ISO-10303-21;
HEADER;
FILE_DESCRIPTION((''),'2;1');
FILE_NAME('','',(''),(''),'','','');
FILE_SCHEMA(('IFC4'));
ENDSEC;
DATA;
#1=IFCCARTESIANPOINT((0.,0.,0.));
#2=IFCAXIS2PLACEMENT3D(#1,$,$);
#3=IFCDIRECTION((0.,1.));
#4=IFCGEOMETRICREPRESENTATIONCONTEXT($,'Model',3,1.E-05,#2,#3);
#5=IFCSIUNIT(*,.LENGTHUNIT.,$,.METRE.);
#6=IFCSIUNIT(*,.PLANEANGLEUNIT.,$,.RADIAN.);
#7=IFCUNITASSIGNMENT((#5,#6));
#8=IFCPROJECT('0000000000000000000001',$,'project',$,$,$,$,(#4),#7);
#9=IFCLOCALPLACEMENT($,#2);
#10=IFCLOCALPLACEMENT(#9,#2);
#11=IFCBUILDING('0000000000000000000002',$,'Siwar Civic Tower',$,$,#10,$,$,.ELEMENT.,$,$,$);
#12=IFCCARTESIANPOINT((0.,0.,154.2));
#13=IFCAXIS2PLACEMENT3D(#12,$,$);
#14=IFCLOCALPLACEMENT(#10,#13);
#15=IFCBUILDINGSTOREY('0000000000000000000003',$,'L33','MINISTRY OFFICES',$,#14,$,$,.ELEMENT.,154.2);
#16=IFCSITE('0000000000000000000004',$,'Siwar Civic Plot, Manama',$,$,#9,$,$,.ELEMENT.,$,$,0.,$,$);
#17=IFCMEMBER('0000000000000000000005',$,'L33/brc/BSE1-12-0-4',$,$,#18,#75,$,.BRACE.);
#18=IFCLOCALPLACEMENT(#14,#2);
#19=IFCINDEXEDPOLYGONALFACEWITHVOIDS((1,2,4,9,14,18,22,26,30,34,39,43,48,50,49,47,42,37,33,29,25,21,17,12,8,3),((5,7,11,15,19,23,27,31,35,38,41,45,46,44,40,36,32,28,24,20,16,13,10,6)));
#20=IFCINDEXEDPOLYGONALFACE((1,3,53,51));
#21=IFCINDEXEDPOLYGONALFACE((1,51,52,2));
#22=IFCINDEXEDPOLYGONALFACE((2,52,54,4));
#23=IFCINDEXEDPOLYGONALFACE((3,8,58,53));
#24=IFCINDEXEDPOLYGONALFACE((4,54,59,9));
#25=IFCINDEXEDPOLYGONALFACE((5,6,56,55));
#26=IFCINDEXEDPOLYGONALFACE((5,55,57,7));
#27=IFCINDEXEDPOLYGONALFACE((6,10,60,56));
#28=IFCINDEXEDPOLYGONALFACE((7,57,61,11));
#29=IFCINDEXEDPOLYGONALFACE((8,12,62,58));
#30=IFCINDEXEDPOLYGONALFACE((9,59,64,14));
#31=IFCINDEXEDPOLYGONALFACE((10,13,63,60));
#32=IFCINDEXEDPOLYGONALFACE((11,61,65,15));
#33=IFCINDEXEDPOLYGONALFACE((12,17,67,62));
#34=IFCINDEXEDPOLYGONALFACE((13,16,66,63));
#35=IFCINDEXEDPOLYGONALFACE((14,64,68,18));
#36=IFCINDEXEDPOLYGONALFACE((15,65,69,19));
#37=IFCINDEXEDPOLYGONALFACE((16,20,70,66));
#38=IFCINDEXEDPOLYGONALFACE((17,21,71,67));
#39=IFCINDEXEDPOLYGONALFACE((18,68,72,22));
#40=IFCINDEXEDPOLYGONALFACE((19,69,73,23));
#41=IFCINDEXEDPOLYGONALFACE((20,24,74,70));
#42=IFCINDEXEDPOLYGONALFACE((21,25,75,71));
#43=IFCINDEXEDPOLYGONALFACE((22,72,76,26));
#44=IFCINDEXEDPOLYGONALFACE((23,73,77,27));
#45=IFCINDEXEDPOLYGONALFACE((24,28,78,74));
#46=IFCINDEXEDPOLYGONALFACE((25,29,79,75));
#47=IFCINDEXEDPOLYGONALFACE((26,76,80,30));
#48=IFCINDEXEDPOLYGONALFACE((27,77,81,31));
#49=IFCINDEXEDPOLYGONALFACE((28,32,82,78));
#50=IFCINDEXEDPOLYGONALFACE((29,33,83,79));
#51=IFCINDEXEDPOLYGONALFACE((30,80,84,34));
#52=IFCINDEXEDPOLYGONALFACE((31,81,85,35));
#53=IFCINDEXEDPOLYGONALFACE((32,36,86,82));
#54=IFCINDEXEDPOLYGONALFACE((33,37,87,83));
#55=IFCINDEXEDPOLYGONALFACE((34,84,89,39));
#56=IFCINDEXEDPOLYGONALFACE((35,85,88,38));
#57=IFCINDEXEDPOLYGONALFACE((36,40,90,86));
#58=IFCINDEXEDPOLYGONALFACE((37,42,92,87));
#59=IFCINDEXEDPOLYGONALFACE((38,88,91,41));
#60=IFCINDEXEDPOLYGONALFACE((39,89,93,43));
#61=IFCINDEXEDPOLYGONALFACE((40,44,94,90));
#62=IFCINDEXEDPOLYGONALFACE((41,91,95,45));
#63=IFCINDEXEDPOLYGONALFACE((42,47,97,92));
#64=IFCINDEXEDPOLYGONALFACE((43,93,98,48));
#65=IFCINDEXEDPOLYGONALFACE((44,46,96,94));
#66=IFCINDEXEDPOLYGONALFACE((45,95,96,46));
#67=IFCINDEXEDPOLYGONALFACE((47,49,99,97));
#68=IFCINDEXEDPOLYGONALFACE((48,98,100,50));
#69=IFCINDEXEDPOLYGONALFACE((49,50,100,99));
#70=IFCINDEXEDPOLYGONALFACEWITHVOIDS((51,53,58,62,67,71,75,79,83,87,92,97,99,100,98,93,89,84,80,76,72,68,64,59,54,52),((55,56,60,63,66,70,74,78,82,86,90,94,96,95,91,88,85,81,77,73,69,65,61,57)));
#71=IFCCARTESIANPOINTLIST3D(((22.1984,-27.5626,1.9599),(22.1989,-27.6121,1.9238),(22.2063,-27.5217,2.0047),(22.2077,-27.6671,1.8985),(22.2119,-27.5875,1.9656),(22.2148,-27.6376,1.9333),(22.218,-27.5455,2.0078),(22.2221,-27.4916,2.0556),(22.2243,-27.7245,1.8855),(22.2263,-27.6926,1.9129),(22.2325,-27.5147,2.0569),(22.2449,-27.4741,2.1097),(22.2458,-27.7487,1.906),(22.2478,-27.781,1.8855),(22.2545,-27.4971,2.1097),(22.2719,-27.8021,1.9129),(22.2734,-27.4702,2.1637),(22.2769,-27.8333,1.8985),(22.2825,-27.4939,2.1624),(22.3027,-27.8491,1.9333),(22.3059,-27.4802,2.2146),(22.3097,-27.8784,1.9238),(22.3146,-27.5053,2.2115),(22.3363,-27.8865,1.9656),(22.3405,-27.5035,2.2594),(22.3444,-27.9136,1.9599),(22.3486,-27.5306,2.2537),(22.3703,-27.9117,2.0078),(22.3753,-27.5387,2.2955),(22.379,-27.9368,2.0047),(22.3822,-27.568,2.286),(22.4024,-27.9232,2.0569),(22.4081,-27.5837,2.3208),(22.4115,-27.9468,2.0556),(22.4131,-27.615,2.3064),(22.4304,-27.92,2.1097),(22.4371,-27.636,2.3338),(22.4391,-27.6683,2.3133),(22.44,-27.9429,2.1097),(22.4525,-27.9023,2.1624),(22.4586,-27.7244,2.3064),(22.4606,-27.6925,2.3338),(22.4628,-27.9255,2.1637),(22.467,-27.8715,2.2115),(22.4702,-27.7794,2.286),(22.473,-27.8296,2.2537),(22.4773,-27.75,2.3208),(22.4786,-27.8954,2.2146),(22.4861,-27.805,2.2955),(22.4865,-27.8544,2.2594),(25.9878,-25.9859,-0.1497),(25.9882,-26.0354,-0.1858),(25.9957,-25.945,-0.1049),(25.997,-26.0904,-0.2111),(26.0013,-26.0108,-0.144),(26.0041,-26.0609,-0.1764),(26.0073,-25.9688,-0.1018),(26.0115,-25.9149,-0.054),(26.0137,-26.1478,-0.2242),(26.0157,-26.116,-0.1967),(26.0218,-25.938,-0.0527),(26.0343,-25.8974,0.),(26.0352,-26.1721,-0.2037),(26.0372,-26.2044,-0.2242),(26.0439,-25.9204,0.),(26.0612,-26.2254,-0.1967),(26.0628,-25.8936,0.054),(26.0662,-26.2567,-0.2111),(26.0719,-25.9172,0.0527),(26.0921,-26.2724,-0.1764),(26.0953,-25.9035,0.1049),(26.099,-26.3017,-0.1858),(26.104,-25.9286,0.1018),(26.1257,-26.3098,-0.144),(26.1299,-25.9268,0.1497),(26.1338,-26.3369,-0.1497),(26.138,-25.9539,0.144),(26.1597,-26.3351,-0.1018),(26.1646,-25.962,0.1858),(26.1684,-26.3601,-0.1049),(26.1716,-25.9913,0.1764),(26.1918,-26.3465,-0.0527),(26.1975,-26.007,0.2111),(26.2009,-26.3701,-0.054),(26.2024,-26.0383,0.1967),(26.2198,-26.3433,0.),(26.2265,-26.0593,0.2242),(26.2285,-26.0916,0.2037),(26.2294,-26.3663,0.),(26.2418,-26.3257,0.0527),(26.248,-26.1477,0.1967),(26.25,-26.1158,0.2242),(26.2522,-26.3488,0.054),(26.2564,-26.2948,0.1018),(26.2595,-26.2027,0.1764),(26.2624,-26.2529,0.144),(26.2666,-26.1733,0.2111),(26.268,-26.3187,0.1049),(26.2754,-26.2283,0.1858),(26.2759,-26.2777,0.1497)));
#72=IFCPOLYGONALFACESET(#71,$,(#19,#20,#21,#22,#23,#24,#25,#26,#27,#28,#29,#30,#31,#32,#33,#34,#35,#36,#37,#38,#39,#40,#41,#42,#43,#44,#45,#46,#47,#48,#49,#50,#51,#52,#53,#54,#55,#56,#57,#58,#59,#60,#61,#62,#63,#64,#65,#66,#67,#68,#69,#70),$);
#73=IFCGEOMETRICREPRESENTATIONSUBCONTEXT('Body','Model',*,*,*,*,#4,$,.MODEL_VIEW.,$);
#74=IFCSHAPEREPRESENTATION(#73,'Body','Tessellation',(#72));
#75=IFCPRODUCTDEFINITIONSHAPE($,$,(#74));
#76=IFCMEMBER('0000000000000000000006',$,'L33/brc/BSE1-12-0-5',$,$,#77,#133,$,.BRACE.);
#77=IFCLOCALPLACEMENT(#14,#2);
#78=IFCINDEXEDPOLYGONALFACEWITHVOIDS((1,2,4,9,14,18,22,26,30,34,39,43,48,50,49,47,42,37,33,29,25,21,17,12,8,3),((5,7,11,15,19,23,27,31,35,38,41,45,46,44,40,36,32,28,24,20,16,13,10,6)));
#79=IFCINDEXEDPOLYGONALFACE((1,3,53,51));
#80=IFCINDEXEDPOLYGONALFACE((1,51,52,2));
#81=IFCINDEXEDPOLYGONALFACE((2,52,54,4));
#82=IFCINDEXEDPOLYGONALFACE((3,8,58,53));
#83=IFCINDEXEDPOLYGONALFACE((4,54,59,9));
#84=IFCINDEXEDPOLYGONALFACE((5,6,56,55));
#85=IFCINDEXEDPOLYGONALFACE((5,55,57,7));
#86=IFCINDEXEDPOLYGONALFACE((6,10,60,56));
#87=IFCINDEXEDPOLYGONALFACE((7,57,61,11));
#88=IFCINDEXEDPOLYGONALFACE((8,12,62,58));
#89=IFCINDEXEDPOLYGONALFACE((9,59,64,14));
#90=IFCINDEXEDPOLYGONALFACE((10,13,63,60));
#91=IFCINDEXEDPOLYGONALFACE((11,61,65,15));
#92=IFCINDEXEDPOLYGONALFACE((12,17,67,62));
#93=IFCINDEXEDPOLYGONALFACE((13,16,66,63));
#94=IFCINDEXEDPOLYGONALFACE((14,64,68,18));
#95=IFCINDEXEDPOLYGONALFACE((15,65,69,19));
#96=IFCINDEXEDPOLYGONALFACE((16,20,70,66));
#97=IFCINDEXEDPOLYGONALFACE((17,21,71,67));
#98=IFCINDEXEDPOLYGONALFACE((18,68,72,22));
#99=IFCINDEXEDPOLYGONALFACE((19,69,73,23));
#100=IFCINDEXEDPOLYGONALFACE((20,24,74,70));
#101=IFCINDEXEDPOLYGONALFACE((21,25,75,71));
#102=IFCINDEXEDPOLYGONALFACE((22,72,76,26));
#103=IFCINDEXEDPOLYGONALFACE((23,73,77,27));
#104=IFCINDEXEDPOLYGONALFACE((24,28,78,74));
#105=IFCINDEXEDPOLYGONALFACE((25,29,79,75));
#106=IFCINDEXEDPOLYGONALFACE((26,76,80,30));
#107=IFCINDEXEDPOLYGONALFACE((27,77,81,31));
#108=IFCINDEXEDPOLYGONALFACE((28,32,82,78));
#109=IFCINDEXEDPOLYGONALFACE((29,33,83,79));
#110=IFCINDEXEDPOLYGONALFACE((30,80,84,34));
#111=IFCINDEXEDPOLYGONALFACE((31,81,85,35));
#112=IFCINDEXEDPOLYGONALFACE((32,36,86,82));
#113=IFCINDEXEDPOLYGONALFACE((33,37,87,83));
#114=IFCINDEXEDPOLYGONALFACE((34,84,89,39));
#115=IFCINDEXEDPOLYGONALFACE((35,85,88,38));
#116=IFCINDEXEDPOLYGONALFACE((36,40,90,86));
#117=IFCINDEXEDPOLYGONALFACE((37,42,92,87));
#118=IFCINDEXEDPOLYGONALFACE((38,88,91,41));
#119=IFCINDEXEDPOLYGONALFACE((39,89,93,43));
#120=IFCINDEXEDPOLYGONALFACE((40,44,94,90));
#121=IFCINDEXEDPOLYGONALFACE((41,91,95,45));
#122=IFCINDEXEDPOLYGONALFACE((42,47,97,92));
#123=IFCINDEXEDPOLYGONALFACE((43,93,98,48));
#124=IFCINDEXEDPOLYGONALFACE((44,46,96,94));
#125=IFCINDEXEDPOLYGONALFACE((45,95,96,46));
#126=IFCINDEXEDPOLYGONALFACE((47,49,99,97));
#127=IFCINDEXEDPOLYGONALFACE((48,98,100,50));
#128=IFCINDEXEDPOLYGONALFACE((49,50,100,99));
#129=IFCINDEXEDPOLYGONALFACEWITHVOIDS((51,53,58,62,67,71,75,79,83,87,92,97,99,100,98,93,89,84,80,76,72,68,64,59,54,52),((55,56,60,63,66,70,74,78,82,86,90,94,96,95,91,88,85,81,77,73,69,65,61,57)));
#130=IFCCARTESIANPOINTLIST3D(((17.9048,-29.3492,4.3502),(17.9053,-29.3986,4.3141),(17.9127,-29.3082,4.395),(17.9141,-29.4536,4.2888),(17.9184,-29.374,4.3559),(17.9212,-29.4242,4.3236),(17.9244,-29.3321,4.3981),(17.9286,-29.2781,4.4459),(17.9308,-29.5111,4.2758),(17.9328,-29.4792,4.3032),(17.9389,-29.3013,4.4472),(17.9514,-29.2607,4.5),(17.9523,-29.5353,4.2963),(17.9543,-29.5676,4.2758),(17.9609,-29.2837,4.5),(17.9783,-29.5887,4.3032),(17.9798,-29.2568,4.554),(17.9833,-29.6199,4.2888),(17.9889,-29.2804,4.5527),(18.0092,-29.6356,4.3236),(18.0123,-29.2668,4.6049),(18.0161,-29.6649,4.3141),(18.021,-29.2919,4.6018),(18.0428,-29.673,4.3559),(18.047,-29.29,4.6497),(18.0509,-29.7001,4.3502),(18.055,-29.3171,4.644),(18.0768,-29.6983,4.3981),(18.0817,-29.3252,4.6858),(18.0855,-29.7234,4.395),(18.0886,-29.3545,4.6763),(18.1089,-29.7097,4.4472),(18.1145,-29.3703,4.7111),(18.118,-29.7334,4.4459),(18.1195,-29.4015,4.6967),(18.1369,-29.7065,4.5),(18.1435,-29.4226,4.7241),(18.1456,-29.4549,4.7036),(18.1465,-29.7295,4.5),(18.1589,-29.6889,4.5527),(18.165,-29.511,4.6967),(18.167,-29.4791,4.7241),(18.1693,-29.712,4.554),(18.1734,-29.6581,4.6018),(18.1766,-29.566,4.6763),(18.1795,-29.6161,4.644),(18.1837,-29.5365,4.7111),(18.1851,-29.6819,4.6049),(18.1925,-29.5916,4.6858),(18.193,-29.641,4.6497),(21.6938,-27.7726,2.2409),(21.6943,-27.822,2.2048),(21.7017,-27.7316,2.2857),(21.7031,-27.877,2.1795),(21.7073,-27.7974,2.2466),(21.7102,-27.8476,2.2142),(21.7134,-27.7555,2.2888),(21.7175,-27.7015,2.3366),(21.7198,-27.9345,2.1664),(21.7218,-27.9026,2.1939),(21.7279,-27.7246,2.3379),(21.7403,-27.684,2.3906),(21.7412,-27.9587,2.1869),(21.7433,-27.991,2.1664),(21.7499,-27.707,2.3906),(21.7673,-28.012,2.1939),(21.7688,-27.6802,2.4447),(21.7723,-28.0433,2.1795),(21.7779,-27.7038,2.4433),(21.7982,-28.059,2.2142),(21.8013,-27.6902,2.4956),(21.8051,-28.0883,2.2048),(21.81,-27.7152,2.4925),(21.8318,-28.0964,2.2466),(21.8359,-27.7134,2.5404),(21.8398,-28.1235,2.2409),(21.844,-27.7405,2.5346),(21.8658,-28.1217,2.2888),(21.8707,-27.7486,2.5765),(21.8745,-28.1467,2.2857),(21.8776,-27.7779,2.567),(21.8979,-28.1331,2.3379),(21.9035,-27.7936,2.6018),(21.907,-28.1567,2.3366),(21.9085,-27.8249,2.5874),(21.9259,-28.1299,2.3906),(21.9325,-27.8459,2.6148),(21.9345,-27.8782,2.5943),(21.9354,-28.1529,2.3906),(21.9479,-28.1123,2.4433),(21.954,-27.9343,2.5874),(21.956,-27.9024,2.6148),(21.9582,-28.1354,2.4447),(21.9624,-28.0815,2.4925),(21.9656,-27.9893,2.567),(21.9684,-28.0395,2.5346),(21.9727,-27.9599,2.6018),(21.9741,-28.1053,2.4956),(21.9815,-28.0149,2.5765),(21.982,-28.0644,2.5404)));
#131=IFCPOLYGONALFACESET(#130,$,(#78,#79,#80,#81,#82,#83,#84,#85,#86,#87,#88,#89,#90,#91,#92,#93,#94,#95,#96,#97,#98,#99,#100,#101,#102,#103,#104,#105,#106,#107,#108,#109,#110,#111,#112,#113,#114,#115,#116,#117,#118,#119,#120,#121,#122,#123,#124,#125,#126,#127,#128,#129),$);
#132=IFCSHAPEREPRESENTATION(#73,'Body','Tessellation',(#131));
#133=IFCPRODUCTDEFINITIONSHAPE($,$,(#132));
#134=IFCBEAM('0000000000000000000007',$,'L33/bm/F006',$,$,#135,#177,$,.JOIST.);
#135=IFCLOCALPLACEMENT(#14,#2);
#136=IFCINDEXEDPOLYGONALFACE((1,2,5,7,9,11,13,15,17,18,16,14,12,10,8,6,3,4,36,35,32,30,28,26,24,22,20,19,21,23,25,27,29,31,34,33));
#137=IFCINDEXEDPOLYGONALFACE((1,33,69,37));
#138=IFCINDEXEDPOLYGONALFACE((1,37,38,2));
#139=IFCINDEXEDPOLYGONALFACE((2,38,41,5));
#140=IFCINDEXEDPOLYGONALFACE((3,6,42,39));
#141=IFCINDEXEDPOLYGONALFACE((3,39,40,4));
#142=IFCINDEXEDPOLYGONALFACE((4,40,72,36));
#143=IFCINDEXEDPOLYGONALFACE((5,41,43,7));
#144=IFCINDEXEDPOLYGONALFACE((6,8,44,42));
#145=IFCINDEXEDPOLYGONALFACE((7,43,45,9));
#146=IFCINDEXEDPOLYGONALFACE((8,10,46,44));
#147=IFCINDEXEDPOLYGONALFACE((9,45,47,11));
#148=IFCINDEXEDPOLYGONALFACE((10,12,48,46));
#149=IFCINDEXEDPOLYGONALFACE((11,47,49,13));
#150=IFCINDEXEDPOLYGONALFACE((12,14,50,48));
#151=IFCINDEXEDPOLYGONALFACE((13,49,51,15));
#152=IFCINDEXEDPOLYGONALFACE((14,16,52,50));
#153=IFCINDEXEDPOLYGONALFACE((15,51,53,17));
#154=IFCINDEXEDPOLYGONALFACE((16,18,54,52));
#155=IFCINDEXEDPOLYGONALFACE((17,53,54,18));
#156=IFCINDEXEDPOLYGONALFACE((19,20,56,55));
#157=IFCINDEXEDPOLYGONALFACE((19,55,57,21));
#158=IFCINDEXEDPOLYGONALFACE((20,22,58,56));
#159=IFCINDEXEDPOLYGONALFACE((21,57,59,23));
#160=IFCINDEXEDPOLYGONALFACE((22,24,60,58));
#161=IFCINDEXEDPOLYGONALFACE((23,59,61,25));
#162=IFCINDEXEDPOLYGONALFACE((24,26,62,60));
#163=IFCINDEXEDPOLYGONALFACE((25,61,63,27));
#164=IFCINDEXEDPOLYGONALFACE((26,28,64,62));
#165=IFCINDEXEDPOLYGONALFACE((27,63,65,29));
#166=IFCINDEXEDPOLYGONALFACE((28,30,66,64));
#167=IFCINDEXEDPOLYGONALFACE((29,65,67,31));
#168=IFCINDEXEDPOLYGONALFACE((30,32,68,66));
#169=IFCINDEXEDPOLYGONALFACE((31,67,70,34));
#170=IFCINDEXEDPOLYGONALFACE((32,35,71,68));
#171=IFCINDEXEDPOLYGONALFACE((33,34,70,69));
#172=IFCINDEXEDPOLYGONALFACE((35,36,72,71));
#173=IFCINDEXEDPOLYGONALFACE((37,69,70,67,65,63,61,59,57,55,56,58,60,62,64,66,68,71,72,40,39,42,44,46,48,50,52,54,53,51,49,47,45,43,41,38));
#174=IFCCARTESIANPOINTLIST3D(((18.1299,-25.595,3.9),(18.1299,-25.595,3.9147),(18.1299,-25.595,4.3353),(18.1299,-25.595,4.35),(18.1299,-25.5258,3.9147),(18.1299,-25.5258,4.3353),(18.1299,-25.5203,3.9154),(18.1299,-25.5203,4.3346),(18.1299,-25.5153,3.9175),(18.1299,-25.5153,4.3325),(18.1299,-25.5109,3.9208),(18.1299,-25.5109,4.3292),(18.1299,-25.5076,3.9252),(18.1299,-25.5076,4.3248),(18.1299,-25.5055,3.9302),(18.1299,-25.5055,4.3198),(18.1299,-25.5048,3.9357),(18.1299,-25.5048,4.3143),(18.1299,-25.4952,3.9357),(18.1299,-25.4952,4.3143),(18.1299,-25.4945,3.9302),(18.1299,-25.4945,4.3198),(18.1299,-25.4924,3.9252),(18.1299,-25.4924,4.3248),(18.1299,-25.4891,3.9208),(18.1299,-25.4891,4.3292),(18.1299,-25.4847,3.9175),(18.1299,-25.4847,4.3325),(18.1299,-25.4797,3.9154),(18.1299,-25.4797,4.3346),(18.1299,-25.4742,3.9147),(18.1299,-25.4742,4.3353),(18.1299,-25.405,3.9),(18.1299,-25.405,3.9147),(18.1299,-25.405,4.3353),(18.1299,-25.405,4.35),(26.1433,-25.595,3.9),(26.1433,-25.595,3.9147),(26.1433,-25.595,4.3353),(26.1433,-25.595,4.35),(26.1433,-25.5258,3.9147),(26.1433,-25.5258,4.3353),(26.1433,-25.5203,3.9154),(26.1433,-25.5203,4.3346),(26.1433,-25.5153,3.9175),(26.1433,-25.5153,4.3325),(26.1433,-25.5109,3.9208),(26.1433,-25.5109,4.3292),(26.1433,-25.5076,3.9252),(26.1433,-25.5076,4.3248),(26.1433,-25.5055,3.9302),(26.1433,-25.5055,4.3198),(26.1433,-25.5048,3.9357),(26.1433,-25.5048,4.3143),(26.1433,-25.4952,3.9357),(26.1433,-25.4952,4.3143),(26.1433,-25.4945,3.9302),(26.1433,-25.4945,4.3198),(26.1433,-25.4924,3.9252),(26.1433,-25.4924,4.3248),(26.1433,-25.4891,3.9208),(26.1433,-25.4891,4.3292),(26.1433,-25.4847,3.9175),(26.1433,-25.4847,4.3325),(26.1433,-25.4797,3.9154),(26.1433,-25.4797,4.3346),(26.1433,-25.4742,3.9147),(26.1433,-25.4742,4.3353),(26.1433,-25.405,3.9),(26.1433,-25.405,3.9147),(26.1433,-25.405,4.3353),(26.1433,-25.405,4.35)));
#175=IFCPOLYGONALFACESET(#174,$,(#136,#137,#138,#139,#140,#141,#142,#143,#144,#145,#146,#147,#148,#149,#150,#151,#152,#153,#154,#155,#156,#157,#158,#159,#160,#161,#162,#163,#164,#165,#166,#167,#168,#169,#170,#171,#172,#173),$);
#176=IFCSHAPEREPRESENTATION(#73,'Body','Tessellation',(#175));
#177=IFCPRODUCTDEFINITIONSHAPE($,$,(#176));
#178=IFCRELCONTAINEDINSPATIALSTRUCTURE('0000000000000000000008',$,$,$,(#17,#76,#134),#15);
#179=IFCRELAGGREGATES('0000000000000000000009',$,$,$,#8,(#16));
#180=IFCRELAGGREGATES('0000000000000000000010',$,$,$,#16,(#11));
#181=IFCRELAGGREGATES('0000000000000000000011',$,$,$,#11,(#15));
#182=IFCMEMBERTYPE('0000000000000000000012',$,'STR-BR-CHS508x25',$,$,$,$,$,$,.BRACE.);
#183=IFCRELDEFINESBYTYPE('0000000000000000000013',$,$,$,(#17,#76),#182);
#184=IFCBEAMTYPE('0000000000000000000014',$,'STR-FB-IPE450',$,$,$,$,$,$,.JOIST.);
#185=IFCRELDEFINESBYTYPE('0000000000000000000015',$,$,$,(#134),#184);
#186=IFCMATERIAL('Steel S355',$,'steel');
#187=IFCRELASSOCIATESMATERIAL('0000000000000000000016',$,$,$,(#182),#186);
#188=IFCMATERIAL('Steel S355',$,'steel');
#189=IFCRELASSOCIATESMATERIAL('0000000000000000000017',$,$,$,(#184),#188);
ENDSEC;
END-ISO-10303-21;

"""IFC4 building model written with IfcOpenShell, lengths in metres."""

from ifc_helpers import new_model, si_unit, direction, frame, origin, origin_2d, place, context, subcontext, project, spatial, hollow_circle, i_section, extrude, material, material_profile, profile_set, type_object, element, save


model = new_model("IFC4")

# Units and contexts
model_context = context("Model", 3, precision=1e-05, world=origin(), true_north=direction((0.0, 1.0)))
body_context = subcontext(model_context, "Body", "Model", "MODEL_VIEW")
ifc_project = project(units=[si_unit("LENGTHUNIT", "METRE"), si_unit("PLANEANGLEUNIT", "RADIAN")], contexts=[model_context])

# Site, building, storey
site_placement = place(None, origin())
site = spatial("IfcSite", under=ifc_project, at=site_placement, Name="Siwar Civic Plot, Manama", CompositionType="ELEMENT", RefElevation=0.0)
building_placement = place(site_placement, origin())
building = spatial("IfcBuilding", under=site, at=building_placement, Name="Siwar Civic Tower", CompositionType="ELEMENT")
storey_placement = place(building_placement, frame((0.0, 0.0, 154.2)))
storey = spatial("IfcBuildingStorey", under=building, at=storey_placement, Name="L33", Description="MINISTRY OFFICES", CompositionType="ELEMENT", Elevation=154.2)

# Members
ifc_material_1 = material(Name="Steel S355", Category="steel")
ifc_material_profile_1 = material_profile(ifc_material_1, hollow_circle(Radius=0.2539, WallThickness=0.0249, at=origin_2d()), Name="CHS508x25")
ifc_profile_set_1 = profile_set([ifc_material_profile_1], Name="Steel S355")
member_type_1 = type_object("IfcMemberType", Name="STR-BR-CHS508x25", PredefinedType="BRACE", material=ifc_profile_set_1)
member_1_placement = place(storey_placement, frame((26.1318, -26.1318, 0.0), z_axis=(-0.821143, -0.341662, 0.457155), x_axis=(0.384155, -0.923269, 0.0)))
element("IfcMember", 1, at=member_1_placement, inside=storey, type_object=member_type_1, Name="L33/brc/BSE1-12-0-4", PredefinedType="BRACE", context=body_context, shape_type="SweptSolid", body=[
    extrude(hollow_circle(Radius=0.2539, WallThickness=0.0249, at=origin_2d()), origin(), (0.0, 0.0, 1.0), 4.6147),
])
member_2_placement = place(storey_placement, frame((21.8379, -27.9185, 2.3906), z_axis=(-0.821146, -0.341686, 0.457133), x_axis=(0.384176, -0.92326, 0.0)))
element("IfcMember", 2, at=member_2_placement, inside=storey, type_object=member_type_1, Name="L33/brc/BSE1-12-0-5", PredefinedType="BRACE", context=body_context, shape_type="SweptSolid", body=[
    extrude(hollow_circle(Radius=0.2539, WallThickness=0.0249, at=origin_2d()), origin(), (0.0, 0.0, 1.0), 4.6143),
])

# Beam
ifc_material_2 = material(Name="Steel S355", Category="steel")
ifc_material_profile_2 = material_profile(ifc_material_2, i_section(OverallWidth=0.1899, OverallDepth=0.45, WebThickness=0.0095, FlangeThickness=0.0146, FilletRadius=0.021, at=origin_2d()), Name="IPE450")
ifc_profile_set_2 = profile_set([ifc_material_profile_2], Name="Steel S355")
beam_type_1 = type_object("IfcBeamType", Name="STR-FB-IPE450", PredefinedType="JOIST", material=ifc_profile_set_2)
beam_1_placement = place(storey_placement, frame((18.1299, -25.5, 4.125), z_axis=(1.0, 0.0, 0.0), x_axis=(0.0, 1.0, 0.0)))
element("IfcBeam", 3, at=beam_1_placement, inside=storey, type_object=beam_type_1, Name="L33/bm/F006", PredefinedType="JOIST", context=body_context, shape_type="SweptSolid", body=[
    extrude(i_section(OverallWidth=0.1899, OverallDepth=0.45, WebThickness=0.0095, FlangeThickness=0.0146, FilletRadius=0.021, at=origin_2d()), origin(), (0.0, 0.0, 1.0), 8.0134),
])

save(model, "model.ifc")
